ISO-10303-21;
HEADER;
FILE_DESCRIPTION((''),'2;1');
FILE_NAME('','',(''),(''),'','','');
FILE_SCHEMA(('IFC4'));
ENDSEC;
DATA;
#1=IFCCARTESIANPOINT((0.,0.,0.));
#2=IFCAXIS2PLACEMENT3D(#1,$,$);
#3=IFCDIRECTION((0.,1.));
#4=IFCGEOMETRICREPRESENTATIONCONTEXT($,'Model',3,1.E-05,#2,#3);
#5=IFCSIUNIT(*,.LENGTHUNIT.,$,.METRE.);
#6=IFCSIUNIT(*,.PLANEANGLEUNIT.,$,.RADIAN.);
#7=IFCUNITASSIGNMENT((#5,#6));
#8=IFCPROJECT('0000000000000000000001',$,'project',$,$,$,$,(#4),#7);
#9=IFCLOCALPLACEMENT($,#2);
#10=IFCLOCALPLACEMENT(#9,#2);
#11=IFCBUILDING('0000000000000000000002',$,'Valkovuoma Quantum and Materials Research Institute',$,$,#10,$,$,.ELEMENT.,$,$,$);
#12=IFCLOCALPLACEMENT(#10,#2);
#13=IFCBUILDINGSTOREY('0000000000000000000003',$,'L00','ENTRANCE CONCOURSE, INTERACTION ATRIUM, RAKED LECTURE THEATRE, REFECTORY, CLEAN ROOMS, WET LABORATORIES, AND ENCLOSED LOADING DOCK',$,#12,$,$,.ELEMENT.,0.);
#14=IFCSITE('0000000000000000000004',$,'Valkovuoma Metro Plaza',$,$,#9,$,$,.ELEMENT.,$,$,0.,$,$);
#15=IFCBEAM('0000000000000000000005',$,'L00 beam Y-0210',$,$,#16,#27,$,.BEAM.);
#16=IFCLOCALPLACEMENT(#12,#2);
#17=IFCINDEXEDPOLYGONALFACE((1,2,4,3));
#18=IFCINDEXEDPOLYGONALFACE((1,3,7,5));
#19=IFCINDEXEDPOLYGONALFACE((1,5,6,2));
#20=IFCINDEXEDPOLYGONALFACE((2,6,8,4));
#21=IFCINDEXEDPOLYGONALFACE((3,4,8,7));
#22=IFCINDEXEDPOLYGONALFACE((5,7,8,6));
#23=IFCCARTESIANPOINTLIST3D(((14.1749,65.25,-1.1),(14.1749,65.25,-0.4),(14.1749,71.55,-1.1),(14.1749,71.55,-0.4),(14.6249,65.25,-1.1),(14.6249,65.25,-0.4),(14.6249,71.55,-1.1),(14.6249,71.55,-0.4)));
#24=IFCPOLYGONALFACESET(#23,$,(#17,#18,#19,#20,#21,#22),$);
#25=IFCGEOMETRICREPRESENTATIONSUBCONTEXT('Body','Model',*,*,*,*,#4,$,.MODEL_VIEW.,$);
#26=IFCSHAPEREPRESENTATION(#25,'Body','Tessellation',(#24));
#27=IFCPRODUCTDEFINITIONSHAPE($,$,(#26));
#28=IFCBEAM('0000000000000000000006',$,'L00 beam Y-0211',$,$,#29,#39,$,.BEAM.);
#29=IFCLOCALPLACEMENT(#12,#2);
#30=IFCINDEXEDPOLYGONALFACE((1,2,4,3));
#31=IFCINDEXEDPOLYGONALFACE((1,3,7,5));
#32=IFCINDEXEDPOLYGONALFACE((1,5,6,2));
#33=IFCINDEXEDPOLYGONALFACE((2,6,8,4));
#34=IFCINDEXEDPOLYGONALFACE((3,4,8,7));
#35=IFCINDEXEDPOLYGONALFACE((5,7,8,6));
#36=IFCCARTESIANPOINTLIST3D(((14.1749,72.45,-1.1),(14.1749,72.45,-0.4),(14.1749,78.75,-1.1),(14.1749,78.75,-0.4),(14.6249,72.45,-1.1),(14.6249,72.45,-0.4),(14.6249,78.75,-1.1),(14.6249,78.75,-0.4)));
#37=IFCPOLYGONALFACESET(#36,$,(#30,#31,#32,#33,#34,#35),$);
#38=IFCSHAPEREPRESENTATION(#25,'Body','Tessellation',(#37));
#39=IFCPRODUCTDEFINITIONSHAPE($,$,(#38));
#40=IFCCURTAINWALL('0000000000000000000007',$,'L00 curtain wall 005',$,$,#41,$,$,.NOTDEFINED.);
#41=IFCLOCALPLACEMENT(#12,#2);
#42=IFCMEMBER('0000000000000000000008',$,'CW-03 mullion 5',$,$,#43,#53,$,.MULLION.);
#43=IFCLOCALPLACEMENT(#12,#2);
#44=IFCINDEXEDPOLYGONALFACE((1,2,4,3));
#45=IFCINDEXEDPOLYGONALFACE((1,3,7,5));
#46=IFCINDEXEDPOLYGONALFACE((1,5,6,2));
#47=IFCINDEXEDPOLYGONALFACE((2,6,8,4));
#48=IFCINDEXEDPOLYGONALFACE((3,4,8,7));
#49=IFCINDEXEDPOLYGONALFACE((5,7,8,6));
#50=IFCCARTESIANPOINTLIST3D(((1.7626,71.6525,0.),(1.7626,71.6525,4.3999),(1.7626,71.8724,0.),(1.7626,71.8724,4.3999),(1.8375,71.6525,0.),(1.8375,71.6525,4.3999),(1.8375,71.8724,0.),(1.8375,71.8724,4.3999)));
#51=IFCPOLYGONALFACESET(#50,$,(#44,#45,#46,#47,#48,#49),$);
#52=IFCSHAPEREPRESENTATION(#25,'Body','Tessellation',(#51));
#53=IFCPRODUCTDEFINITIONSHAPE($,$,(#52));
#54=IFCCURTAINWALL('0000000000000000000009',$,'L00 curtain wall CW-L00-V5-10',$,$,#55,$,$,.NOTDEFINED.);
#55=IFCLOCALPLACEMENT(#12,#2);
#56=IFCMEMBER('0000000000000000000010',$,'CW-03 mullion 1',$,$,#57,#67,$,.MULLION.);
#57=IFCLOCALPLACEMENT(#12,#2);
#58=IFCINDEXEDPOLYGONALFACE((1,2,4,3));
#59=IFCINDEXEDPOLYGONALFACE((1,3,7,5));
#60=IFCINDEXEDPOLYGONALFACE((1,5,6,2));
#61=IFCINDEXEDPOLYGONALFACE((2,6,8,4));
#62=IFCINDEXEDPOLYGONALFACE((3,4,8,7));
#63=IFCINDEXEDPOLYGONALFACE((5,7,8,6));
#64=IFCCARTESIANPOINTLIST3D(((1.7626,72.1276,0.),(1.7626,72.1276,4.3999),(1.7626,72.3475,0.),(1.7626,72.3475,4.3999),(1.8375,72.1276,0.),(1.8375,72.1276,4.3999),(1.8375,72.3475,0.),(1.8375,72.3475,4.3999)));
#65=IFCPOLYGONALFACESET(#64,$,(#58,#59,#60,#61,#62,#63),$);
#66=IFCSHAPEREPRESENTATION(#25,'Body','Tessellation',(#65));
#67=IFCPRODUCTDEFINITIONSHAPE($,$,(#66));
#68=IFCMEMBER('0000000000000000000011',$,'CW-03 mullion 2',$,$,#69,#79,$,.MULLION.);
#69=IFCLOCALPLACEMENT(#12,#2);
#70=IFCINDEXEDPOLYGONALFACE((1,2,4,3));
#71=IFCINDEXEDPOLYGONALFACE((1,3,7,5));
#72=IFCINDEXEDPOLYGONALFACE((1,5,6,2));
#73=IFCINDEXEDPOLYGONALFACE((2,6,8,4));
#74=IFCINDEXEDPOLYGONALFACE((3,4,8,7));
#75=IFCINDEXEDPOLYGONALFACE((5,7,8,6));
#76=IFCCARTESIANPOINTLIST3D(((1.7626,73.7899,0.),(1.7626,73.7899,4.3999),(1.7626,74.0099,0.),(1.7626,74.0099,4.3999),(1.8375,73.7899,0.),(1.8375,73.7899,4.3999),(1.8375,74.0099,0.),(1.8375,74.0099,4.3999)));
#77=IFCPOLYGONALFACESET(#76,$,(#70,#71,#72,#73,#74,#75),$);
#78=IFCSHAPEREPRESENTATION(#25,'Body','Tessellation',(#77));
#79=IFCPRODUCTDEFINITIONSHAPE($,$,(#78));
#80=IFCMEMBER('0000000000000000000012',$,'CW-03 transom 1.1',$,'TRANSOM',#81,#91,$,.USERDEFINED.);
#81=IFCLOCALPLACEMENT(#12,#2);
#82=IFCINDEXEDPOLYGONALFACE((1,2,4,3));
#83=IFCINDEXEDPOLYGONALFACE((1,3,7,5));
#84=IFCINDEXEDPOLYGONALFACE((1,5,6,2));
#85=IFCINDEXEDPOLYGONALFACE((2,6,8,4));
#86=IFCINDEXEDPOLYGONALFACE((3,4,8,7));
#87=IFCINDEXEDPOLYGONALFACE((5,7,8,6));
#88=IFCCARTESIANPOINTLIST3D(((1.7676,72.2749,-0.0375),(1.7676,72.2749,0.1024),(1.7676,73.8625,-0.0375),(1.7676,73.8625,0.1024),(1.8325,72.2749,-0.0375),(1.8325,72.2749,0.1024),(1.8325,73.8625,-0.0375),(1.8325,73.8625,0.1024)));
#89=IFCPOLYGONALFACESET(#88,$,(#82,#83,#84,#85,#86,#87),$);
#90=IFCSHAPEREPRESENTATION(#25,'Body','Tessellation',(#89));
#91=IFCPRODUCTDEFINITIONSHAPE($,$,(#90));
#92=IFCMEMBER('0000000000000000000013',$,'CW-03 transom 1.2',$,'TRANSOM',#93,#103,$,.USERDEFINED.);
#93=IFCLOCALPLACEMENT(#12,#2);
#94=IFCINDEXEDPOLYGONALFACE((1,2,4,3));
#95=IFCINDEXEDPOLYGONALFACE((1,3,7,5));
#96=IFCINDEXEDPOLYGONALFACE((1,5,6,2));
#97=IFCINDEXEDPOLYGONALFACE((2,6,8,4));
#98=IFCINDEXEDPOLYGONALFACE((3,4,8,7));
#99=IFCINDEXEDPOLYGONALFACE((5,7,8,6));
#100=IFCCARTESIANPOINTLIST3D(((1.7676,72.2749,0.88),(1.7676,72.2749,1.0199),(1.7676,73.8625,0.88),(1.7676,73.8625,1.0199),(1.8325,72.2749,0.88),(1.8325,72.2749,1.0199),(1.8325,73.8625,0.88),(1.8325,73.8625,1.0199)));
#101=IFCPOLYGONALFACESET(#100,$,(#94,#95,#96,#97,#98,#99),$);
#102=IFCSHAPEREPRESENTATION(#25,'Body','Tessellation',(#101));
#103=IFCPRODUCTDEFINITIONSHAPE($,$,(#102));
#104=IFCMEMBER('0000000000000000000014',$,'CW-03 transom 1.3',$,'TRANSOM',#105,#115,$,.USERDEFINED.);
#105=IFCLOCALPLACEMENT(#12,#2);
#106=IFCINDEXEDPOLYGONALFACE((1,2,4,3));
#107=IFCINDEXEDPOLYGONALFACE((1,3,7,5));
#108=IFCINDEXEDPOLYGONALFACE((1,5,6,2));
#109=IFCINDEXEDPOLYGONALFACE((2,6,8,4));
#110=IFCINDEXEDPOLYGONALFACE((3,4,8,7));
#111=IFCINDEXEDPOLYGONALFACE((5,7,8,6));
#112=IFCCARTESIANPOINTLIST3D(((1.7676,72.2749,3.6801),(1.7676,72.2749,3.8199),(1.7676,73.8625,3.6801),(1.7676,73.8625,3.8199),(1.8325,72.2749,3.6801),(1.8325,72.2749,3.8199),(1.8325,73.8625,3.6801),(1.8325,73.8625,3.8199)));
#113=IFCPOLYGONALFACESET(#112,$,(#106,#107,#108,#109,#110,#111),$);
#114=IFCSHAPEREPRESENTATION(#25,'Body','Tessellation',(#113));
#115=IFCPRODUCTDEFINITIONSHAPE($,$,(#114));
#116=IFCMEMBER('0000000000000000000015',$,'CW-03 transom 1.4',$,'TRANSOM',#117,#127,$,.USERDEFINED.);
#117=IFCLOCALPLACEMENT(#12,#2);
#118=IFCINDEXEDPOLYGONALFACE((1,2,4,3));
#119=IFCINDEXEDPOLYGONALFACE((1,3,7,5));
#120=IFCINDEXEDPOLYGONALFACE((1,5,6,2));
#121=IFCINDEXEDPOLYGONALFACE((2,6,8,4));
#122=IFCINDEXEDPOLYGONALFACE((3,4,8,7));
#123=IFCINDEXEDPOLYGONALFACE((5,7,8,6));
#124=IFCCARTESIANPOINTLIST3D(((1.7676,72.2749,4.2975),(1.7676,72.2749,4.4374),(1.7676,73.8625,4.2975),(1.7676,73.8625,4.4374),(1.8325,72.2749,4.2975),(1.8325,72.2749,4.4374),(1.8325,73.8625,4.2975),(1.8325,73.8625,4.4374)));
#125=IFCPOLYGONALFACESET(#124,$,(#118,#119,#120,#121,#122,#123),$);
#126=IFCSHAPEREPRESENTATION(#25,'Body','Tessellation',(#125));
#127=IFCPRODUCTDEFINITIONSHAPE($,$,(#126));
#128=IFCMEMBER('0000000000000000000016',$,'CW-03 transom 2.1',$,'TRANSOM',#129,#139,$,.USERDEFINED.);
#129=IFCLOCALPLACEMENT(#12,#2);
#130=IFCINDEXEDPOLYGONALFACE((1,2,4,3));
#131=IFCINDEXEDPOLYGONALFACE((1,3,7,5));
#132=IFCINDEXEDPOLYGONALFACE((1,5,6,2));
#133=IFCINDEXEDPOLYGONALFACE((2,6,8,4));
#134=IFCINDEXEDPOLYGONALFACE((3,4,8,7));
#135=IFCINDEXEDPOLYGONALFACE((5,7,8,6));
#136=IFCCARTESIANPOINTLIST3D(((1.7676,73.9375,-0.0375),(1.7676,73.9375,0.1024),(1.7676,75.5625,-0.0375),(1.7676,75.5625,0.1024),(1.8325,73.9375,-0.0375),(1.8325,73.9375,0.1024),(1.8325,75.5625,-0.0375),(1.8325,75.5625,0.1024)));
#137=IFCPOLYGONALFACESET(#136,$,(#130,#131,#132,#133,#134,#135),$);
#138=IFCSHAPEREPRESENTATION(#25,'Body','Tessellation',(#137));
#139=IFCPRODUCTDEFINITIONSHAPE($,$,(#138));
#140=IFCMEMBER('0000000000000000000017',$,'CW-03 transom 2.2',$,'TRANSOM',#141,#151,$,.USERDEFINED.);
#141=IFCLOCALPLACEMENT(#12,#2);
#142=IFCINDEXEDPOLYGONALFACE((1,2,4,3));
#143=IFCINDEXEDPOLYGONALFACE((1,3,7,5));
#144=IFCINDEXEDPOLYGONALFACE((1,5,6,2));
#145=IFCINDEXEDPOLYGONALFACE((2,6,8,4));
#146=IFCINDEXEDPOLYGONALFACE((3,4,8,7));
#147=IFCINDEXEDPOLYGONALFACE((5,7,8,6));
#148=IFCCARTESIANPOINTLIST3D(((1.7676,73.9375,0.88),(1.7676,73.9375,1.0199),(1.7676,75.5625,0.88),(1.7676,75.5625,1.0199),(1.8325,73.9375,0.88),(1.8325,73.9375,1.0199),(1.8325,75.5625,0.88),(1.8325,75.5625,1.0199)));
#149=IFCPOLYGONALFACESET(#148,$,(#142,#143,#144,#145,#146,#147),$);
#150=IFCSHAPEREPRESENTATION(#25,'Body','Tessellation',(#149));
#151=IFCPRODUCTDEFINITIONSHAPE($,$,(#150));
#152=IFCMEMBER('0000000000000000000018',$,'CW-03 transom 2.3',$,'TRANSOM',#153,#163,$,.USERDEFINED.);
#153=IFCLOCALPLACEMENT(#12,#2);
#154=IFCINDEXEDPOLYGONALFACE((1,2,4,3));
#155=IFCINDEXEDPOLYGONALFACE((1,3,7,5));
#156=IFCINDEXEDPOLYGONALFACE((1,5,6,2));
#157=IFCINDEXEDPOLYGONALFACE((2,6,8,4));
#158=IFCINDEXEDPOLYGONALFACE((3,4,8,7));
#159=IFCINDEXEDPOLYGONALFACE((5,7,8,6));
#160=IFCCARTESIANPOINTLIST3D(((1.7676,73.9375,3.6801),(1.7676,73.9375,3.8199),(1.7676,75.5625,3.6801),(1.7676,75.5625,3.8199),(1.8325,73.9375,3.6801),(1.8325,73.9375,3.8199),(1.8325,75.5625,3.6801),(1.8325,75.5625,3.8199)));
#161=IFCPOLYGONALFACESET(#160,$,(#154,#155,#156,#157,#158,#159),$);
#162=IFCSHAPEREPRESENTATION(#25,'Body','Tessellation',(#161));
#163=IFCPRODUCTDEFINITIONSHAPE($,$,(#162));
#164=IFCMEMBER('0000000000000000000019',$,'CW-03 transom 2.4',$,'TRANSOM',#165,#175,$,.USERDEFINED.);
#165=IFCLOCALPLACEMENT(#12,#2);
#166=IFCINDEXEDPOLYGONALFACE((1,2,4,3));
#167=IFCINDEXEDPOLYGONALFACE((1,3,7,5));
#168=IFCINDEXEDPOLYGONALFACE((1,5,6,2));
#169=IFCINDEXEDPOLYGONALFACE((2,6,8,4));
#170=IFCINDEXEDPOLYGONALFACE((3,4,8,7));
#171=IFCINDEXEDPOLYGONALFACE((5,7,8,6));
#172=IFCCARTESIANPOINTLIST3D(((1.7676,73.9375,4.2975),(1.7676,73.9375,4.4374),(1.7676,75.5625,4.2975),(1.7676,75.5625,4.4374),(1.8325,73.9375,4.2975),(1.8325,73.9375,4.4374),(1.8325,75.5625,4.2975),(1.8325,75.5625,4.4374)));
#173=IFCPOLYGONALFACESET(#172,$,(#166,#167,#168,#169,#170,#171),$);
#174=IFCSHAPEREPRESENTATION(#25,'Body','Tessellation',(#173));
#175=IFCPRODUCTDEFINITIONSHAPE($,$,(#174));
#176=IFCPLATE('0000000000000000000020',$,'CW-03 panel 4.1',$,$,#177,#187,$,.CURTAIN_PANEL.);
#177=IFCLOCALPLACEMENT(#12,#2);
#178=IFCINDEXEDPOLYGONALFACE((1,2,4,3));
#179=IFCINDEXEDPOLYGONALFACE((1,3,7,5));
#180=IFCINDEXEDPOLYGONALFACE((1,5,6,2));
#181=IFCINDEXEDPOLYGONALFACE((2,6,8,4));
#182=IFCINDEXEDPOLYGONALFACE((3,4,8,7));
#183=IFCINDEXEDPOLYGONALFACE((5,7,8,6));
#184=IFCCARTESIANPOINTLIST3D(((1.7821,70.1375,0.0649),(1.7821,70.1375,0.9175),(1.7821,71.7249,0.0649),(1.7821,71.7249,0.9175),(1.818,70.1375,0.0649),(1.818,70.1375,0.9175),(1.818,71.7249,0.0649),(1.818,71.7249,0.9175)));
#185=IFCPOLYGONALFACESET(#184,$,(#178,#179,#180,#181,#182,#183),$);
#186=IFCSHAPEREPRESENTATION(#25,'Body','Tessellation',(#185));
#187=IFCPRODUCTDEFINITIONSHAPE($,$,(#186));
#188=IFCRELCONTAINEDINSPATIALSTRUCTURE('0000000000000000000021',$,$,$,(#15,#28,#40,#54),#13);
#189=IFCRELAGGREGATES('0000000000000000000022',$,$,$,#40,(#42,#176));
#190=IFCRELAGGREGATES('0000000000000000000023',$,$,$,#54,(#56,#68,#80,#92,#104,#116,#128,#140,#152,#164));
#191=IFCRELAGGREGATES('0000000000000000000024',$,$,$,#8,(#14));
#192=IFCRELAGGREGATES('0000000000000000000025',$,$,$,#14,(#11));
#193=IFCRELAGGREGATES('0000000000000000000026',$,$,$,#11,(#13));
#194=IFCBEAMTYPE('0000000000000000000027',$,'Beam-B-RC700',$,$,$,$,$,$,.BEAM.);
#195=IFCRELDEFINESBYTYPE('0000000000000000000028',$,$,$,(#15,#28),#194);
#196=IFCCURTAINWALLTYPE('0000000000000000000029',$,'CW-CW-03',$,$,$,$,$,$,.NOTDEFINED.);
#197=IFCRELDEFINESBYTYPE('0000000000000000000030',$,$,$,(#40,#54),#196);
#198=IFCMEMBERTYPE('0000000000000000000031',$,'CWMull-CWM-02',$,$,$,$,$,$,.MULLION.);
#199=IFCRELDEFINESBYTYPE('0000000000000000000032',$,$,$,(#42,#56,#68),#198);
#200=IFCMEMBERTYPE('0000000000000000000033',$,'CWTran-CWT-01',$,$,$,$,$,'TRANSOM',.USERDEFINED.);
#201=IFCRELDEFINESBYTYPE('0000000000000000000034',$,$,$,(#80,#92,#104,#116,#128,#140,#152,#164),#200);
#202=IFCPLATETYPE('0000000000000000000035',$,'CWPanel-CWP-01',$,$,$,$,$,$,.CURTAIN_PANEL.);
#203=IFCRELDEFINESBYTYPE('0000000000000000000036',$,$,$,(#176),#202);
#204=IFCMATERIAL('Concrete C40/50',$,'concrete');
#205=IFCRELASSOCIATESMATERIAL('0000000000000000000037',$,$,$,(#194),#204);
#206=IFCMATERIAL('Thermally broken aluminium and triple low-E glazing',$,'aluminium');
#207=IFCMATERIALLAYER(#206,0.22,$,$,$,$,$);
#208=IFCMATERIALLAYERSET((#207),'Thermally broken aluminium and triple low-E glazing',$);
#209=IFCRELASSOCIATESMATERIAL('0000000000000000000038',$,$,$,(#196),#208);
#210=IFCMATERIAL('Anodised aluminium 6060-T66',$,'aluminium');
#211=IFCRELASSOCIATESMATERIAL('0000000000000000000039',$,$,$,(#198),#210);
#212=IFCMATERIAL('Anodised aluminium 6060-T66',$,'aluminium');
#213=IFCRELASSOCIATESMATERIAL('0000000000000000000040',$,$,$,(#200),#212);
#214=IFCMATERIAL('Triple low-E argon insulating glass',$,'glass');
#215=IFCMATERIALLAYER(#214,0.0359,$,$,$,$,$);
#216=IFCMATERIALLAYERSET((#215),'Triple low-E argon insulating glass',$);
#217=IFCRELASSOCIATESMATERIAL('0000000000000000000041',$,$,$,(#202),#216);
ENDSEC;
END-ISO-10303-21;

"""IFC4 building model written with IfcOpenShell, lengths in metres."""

from ifc_helpers import new_model, si_unit, direction, frame, origin, origin_2d, place, context, subcontext, project, spatial, rectangle, extrude, material, layer, layer_set, material_profile, profile_set, type_object, element, aggregate, save


model = new_model("IFC4")

# Units and contexts
model_context = context("Model", 3, precision=1e-05, world=origin(), true_north=direction((0.0, 1.0)))
body_context = subcontext(model_context, "Body", "Model", "MODEL_VIEW")
ifc_project = project(units=[si_unit("LENGTHUNIT", "METRE"), si_unit("PLANEANGLEUNIT", "RADIAN")], contexts=[model_context])

# Site, building, storey
site_placement = place(None, origin())
site = spatial("IfcSite", under=ifc_project, at=site_placement, Name="Valkovuoma Metro Plaza", CompositionType="ELEMENT", RefElevation=0.0)
building_placement = place(site_placement, origin())
building = spatial("IfcBuilding", under=site, at=building_placement, Name="Valkovuoma Quantum and Materials Research Institute", CompositionType="ELEMENT")
storey_placement = place(building_placement, origin())
storey = spatial("IfcBuildingStorey", under=building, at=storey_placement, Name="L00", Description="ENTRANCE CONCOURSE, INTERACTION ATRIUM, RAKED LECTURE THEATRE, REFECTORY, CLEAN ROOMS, WET LABORATORIES, AND ENCLOSED LOADING DOCK", CompositionType="ELEMENT", Elevation=0.0)

# Beams
ifc_material_1 = material(Name="Concrete C40/50", Category="concrete")
ifc_material_profile_1 = material_profile(ifc_material_1, rectangle(XDim=0.45, YDim=0.7, at=origin_2d()), Name="Concrete C40/50")
ifc_profile_set_1 = profile_set([ifc_material_profile_1], Name="Concrete C40/50")
beam_type_1 = type_object("IfcBeamType", Name="Beam-B-RC700", PredefinedType="BEAM", material=ifc_profile_set_1)
for number, where, z_axis, x_axis, name in (
    (1, (14.3999, 65.25, -0.75), (0.0, 1.0, 0.0), (-1.0, 0.0, 0.0), "L00 beam Y-0210"),
    (2, (14.3999, 72.45, -0.75), (0.0, 1.0, 0.0), (-1.0, 0.0, 0.0), "L00 beam Y-0211"),
):
    element("IfcBeam", number, at=place(storey_placement, frame(where, z_axis=z_axis, x_axis=x_axis)), inside=storey, type_object=beam_type_1, Name=name, PredefinedType="BEAM", context=body_context, shape_type="SweptSolid", body=[
        extrude(rectangle(XDim=0.45, YDim=0.7, at=origin_2d()), origin(), (0.0, 0.0, 1.0), 6.3),
    ])

# Curtain wall, member
ifc_material_2 = material(Name="Thermally broken aluminium and triple low-E glazing", Category="aluminium")
ifc_layer_1 = layer(ifc_material_2, 0.22)
ifc_layer_set_1 = layer_set([ifc_layer_1], Name="Thermally broken aluminium and triple low-E glazing")
curtain_wall_type = type_object("IfcCurtainWallType", Name="CW-CW-03", PredefinedType="NOTDEFINED", material=ifc_layer_set_1)
curtain_wall_1_placement = place(storey_placement, origin())
curtain_wall_1 = element("IfcCurtainWall", 3, at=curtain_wall_1_placement, inside=storey, type_object=curtain_wall_type, Name="L00 curtain wall 005", PredefinedType="NOTDEFINED")
ifc_material_3 = material(Name="Anodised aluminium 6060-T66", Category="aluminium")
ifc_material_profile_2 = material_profile(ifc_material_3, rectangle(XDim=0.075, YDim=0.22, at=origin_2d()), Name="Anodised aluminium 6060-T66")
ifc_profile_set_2 = profile_set([ifc_material_profile_2], Name="Anodised aluminium 6060-T66")
member_type_1 = type_object("IfcMemberType", Name="CWMull-CWM-02", PredefinedType="MULLION", material=ifc_profile_set_2)
member_1_placement = place(storey_placement, frame((1.8, 71.7625, 0.0), z_axis=(0.0, 0.0, 1.0), x_axis=(-1.0, 0.0, 0.0)))
member_1 = element("IfcMember", 4, at=member_1_placement, type_object=member_type_1, Name="CW-03 mullion 5", PredefinedType="MULLION", context=body_context, shape_type="SweptSolid", body=[
    extrude(rectangle(XDim=0.075, YDim=0.22, at=origin_2d()), origin(), (0.0, 0.0, 1.0), 4.3999),
])

# Curtain wall, members
curtain_wall_2_placement = place(storey_placement, origin())
curtain_wall_2 = element("IfcCurtainWall", 5, at=curtain_wall_2_placement, inside=storey, type_object=curtain_wall_type, Name="L00 curtain wall CW-L00-V5-10", PredefinedType="NOTDEFINED")
member_2_placement = place(storey_placement, frame((1.8, 72.2375, 0.0), z_axis=(0.0, 0.0, 1.0), x_axis=(-1.0, 0.0, 0.0)))
member_2 = element("IfcMember", 6, at=member_2_placement, type_object=member_type_1, Name="CW-03 mullion 1", PredefinedType="MULLION", context=body_context, shape_type="SweptSolid", body=[
    extrude(rectangle(XDim=0.075, YDim=0.22, at=origin_2d()), origin(), (0.0, 0.0, 1.0), 4.3999),
])
member_3_placement = place(storey_placement, frame((1.8, 73.8999, 0.0), z_axis=(0.0, 0.0, 1.0), x_axis=(-1.0, 0.0, 0.0)))
member_3 = element("IfcMember", 7, at=member_3_placement, type_object=member_type_1, Name="CW-03 mullion 2", PredefinedType="MULLION", context=body_context, shape_type="SweptSolid", body=[
    extrude(rectangle(XDim=0.075, YDim=0.22, at=origin_2d()), origin(), (0.0, 0.0, 1.0), 4.3999),
])
ifc_material_4 = material(Name="Anodised aluminium 6060-T66", Category="aluminium")
ifc_material_profile_3 = material_profile(ifc_material_4, rectangle(XDim=0.0649, YDim=0.1399, at=origin_2d()), Name="Anodised aluminium 6060-T66")
ifc_profile_set_3 = profile_set([ifc_material_profile_3], Name="Anodised aluminium 6060-T66")
member_type_2 = type_object("IfcMemberType", Name="CWTran-CWT-01", ElementType="TRANSOM", PredefinedType="USERDEFINED", material=ifc_profile_set_3)
member_4_placement = place(storey_placement, frame((1.8, 72.2749, 0.0325), z_axis=(0.0, 1.0, 0.0), x_axis=(-1.0, 0.0, 0.0)))
member_4 = element("IfcMember", 8, at=member_4_placement, type_object=member_type_2, Name="CW-03 transom 1.1", ObjectType="TRANSOM", PredefinedType="USERDEFINED", context=body_context, shape_type="SweptSolid", body=[
    extrude(rectangle(XDim=0.0649, YDim=0.1399, at=origin_2d()), origin(), (0.0, 0.0, 1.0), 1.5876),
])
member_5_placement = place(storey_placement, frame((1.8, 72.2749, 0.95), z_axis=(0.0, 1.0, 0.0), x_axis=(-1.0, 0.0, 0.0)))
member_5 = element("IfcMember", 9, at=member_5_placement, type_object=member_type_2, Name="CW-03 transom 1.2", ObjectType="TRANSOM", PredefinedType="USERDEFINED", context=body_context, shape_type="SweptSolid", body=[
    extrude(rectangle(XDim=0.0649, YDim=0.1399, at=origin_2d()), origin(), (0.0, 0.0, 1.0), 1.5876),
])
member_6_placement = place(storey_placement, frame((1.8, 72.2749, 3.75), z_axis=(0.0, 1.0, 0.0), x_axis=(-1.0, 0.0, 0.0)))
member_6 = element("IfcMember", 10, at=member_6_placement, type_object=member_type_2, Name="CW-03 transom 1.3", ObjectType="TRANSOM", PredefinedType="USERDEFINED", context=body_context, shape_type="SweptSolid", body=[
    extrude(rectangle(XDim=0.0649, YDim=0.1399, at=origin_2d()), origin(), (0.0, 0.0, 1.0), 1.5876),
])
member_7_placement = place(storey_placement, frame((1.8, 72.2749, 4.3674), z_axis=(0.0, 1.0, 0.0), x_axis=(-1.0, 0.0, 0.0)))
member_7 = element("IfcMember", 11, at=member_7_placement, type_object=member_type_2, Name="CW-03 transom 1.4", ObjectType="TRANSOM", PredefinedType="USERDEFINED", context=body_context, shape_type="SweptSolid", body=[
    extrude(rectangle(XDim=0.0649, YDim=0.1399, at=origin_2d()), origin(), (0.0, 0.0, 1.0), 1.5876),
])
member_8_placement = place(storey_placement, frame((1.8, 73.9375, 0.0325), z_axis=(0.0, 1.0, 0.0), x_axis=(-1.0, 0.0, 0.0)))
member_8 = element("IfcMember", 12, at=member_8_placement, type_object=member_type_2, Name="CW-03 transom 2.1", ObjectType="TRANSOM", PredefinedType="USERDEFINED", context=body_context, shape_type="SweptSolid", body=[
    extrude(rectangle(XDim=0.0649, YDim=0.1399, at=origin_2d()), origin(), (0.0, 0.0, 1.0), 1.625),
])
member_9_placement = place(storey_placement, frame((1.8, 73.9375, 0.95), z_axis=(0.0, 1.0, 0.0), x_axis=(-1.0, 0.0, 0.0)))
member_9 = element("IfcMember", 13, at=member_9_placement, type_object=member_type_2, Name="CW-03 transom 2.2", ObjectType="TRANSOM", PredefinedType="USERDEFINED", context=body_context, shape_type="SweptSolid", body=[
    extrude(rectangle(XDim=0.0649, YDim=0.1399, at=origin_2d()), origin(), (0.0, 0.0, 1.0), 1.625),
])
member_10_placement = place(storey_placement, frame((1.8, 73.9375, 3.75), z_axis=(0.0, 1.0, 0.0), x_axis=(-1.0, 0.0, 0.0)))
member_10 = element("IfcMember", 14, at=member_10_placement, type_object=member_type_2, Name="CW-03 transom 2.3", ObjectType="TRANSOM", PredefinedType="USERDEFINED", context=body_context, shape_type="SweptSolid", body=[
    extrude(rectangle(XDim=0.0649, YDim=0.1399, at=origin_2d()), origin(), (0.0, 0.0, 1.0), 1.625),
])
member_11_placement = place(storey_placement, frame((1.8, 73.9375, 4.3674), z_axis=(0.0, 1.0, 0.0), x_axis=(-1.0, 0.0, 0.0)))
member_11 = element("IfcMember", 15, at=member_11_placement, type_object=member_type_2, Name="CW-03 transom 2.4", ObjectType="TRANSOM", PredefinedType="USERDEFINED", context=body_context, shape_type="SweptSolid", body=[
    extrude(rectangle(XDim=0.0649, YDim=0.1399, at=origin_2d()), origin(), (0.0, 0.0, 1.0), 1.625),
])

# Plate
ifc_material_5 = material(Name="Triple low-E argon insulating glass", Category="glass")
ifc_layer_2 = layer(ifc_material_5, 0.0359)
ifc_layer_set_2 = layer_set([ifc_layer_2], Name="Triple low-E argon insulating glass")
plate_type = type_object("IfcPlateType", Name="CWPanel-CWP-01", PredefinedType="CURTAIN_PANEL", material=ifc_layer_set_2)
plate_1_placement = place(storey_placement, frame((1.8, 70.9312, 0.0649), z_axis=(0.0, 0.0, 1.0), x_axis=(0.0, 1.0, 0.0)))
plate_1 = element("IfcPlate", 16, at=plate_1_placement, type_object=plate_type, Name="CW-03 panel 4.1", PredefinedType="CURTAIN_PANEL", context=body_context, shape_type="SweptSolid", body=[
    extrude(rectangle(XDim=1.5874, YDim=0.0359, at=origin_2d()), origin(), (0.0, 0.0, 1.0), 0.8525),
])
aggregate(curtain_wall_1, [member_1, plate_1])
aggregate(curtain_wall_2, [member_2, member_3, member_4, member_5, member_6, member_7, member_8, member_9, member_10, member_11])

save(model, "model.ifc")
